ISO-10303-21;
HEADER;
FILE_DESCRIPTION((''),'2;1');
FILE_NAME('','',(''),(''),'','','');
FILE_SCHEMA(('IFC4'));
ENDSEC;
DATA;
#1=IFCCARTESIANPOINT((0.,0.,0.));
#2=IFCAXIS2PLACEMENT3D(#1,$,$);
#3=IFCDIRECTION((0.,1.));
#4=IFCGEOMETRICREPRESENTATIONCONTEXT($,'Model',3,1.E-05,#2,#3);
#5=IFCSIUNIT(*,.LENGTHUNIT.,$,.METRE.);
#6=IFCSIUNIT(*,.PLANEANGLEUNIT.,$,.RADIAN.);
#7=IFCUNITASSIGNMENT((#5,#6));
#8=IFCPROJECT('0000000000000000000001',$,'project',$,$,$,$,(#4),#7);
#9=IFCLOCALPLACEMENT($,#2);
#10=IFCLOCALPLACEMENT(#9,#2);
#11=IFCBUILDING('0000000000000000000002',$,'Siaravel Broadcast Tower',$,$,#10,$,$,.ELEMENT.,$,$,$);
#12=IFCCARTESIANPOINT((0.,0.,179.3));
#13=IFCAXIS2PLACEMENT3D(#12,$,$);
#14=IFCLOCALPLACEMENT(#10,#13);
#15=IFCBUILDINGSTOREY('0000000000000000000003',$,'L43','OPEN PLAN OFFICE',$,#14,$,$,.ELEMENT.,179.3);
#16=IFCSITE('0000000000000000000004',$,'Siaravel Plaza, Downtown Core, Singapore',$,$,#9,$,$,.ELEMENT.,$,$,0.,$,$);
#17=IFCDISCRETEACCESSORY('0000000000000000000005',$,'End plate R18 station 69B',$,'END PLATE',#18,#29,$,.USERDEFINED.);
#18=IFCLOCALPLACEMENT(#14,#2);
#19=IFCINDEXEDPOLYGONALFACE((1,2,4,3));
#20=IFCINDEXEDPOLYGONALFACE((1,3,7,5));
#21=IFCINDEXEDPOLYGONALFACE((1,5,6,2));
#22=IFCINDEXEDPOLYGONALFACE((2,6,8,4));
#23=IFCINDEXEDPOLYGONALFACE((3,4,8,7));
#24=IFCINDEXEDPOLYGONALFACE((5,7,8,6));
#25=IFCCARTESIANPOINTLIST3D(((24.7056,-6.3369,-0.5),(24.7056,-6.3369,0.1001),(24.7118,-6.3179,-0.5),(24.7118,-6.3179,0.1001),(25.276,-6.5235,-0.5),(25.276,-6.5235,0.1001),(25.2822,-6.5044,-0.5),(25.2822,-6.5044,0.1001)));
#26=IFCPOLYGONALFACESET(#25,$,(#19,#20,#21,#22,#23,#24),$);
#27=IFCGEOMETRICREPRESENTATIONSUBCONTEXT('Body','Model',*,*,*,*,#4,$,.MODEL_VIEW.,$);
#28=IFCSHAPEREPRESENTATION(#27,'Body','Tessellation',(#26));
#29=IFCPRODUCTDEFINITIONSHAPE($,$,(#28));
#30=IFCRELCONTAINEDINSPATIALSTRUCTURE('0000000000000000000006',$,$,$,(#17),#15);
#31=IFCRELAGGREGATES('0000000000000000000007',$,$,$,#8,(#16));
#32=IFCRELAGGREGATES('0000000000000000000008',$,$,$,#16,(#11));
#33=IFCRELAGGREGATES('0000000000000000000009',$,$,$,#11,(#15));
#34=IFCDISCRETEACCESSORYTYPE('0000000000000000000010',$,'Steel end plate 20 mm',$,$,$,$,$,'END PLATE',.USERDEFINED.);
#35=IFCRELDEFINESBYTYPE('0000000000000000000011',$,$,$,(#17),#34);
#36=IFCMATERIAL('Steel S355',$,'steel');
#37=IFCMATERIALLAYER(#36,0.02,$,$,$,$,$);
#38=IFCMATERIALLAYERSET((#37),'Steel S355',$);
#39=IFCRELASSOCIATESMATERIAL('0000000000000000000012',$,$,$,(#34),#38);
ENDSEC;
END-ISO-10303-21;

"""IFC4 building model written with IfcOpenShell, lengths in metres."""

from ifc_helpers import new_model, si_unit, direction, frame, origin, origin_2d, place, context, subcontext, project, spatial, rectangle, extrude, material, layer, layer_set, type_object, element, save


model = new_model("IFC4")

# Units and contexts
model_context = context("Model", 3, precision=1e-05, world=origin(), true_north=direction((0.0, 1.0)))
body_context = subcontext(model_context, "Body", "Model", "MODEL_VIEW")
ifc_project = project(units=[si_unit("LENGTHUNIT", "METRE"), si_unit("PLANEANGLEUNIT", "RADIAN")], contexts=[model_context])

# Site, building, storey
site_placement = place(None, origin())
site = spatial("IfcSite", under=ifc_project, at=site_placement, Name="Siaravel Plaza, Downtown Core, Singapore", CompositionType="ELEMENT", RefElevation=0.0)
building_placement = place(site_placement, origin())
building = spatial("IfcBuilding", under=site, at=building_placement, Name="Siaravel Broadcast Tower", CompositionType="ELEMENT")
storey_placement = place(building_placement, frame((0.0, 0.0, 179.3)))
storey = spatial("IfcBuildingStorey", under=building, at=storey_placement, Name="L43", Description="OPEN PLAN OFFICE", CompositionType="ELEMENT", Elevation=179.3)

# Shared definitions
ifc_material_1 = material(Name="Steel S355", Category="steel")

# Discrete accessory
ifc_layer_1 = layer(ifc_material_1, 0.02)
ifc_layer_set_1 = layer_set([ifc_layer_1], Name="Steel S355")
discrete_accessory_type_1 = type_object("IfcDiscreteAccessoryType", Name="Steel end plate 20 mm", ElementType="END PLATE", PredefinedType="USERDEFINED", material=ifc_layer_set_1)
for number, where, z_axis, x_axis, name in (
    (1, (24.9939, -6.4207, -0.5), (0.0, 0.0, 1.0), (0.31091, 0.950439, 0.0), "End plate R18 station 69B"),
):
    element("IfcDiscreteAccessory", number, at=place(storey_placement, frame(where, z_axis=z_axis, x_axis=x_axis)), inside=storey, type_object=discrete_accessory_type_1, Name=name, ObjectType="END PLATE", PredefinedType="USERDEFINED", context=body_context, shape_type="SweptSolid", body=[
        extrude(rectangle(XDim=0.02, YDim=0.6001, at=origin_2d()), origin(), (0.0, 0.0, 1.0), 0.6001),
    ])

save(model, "model.ifc")
